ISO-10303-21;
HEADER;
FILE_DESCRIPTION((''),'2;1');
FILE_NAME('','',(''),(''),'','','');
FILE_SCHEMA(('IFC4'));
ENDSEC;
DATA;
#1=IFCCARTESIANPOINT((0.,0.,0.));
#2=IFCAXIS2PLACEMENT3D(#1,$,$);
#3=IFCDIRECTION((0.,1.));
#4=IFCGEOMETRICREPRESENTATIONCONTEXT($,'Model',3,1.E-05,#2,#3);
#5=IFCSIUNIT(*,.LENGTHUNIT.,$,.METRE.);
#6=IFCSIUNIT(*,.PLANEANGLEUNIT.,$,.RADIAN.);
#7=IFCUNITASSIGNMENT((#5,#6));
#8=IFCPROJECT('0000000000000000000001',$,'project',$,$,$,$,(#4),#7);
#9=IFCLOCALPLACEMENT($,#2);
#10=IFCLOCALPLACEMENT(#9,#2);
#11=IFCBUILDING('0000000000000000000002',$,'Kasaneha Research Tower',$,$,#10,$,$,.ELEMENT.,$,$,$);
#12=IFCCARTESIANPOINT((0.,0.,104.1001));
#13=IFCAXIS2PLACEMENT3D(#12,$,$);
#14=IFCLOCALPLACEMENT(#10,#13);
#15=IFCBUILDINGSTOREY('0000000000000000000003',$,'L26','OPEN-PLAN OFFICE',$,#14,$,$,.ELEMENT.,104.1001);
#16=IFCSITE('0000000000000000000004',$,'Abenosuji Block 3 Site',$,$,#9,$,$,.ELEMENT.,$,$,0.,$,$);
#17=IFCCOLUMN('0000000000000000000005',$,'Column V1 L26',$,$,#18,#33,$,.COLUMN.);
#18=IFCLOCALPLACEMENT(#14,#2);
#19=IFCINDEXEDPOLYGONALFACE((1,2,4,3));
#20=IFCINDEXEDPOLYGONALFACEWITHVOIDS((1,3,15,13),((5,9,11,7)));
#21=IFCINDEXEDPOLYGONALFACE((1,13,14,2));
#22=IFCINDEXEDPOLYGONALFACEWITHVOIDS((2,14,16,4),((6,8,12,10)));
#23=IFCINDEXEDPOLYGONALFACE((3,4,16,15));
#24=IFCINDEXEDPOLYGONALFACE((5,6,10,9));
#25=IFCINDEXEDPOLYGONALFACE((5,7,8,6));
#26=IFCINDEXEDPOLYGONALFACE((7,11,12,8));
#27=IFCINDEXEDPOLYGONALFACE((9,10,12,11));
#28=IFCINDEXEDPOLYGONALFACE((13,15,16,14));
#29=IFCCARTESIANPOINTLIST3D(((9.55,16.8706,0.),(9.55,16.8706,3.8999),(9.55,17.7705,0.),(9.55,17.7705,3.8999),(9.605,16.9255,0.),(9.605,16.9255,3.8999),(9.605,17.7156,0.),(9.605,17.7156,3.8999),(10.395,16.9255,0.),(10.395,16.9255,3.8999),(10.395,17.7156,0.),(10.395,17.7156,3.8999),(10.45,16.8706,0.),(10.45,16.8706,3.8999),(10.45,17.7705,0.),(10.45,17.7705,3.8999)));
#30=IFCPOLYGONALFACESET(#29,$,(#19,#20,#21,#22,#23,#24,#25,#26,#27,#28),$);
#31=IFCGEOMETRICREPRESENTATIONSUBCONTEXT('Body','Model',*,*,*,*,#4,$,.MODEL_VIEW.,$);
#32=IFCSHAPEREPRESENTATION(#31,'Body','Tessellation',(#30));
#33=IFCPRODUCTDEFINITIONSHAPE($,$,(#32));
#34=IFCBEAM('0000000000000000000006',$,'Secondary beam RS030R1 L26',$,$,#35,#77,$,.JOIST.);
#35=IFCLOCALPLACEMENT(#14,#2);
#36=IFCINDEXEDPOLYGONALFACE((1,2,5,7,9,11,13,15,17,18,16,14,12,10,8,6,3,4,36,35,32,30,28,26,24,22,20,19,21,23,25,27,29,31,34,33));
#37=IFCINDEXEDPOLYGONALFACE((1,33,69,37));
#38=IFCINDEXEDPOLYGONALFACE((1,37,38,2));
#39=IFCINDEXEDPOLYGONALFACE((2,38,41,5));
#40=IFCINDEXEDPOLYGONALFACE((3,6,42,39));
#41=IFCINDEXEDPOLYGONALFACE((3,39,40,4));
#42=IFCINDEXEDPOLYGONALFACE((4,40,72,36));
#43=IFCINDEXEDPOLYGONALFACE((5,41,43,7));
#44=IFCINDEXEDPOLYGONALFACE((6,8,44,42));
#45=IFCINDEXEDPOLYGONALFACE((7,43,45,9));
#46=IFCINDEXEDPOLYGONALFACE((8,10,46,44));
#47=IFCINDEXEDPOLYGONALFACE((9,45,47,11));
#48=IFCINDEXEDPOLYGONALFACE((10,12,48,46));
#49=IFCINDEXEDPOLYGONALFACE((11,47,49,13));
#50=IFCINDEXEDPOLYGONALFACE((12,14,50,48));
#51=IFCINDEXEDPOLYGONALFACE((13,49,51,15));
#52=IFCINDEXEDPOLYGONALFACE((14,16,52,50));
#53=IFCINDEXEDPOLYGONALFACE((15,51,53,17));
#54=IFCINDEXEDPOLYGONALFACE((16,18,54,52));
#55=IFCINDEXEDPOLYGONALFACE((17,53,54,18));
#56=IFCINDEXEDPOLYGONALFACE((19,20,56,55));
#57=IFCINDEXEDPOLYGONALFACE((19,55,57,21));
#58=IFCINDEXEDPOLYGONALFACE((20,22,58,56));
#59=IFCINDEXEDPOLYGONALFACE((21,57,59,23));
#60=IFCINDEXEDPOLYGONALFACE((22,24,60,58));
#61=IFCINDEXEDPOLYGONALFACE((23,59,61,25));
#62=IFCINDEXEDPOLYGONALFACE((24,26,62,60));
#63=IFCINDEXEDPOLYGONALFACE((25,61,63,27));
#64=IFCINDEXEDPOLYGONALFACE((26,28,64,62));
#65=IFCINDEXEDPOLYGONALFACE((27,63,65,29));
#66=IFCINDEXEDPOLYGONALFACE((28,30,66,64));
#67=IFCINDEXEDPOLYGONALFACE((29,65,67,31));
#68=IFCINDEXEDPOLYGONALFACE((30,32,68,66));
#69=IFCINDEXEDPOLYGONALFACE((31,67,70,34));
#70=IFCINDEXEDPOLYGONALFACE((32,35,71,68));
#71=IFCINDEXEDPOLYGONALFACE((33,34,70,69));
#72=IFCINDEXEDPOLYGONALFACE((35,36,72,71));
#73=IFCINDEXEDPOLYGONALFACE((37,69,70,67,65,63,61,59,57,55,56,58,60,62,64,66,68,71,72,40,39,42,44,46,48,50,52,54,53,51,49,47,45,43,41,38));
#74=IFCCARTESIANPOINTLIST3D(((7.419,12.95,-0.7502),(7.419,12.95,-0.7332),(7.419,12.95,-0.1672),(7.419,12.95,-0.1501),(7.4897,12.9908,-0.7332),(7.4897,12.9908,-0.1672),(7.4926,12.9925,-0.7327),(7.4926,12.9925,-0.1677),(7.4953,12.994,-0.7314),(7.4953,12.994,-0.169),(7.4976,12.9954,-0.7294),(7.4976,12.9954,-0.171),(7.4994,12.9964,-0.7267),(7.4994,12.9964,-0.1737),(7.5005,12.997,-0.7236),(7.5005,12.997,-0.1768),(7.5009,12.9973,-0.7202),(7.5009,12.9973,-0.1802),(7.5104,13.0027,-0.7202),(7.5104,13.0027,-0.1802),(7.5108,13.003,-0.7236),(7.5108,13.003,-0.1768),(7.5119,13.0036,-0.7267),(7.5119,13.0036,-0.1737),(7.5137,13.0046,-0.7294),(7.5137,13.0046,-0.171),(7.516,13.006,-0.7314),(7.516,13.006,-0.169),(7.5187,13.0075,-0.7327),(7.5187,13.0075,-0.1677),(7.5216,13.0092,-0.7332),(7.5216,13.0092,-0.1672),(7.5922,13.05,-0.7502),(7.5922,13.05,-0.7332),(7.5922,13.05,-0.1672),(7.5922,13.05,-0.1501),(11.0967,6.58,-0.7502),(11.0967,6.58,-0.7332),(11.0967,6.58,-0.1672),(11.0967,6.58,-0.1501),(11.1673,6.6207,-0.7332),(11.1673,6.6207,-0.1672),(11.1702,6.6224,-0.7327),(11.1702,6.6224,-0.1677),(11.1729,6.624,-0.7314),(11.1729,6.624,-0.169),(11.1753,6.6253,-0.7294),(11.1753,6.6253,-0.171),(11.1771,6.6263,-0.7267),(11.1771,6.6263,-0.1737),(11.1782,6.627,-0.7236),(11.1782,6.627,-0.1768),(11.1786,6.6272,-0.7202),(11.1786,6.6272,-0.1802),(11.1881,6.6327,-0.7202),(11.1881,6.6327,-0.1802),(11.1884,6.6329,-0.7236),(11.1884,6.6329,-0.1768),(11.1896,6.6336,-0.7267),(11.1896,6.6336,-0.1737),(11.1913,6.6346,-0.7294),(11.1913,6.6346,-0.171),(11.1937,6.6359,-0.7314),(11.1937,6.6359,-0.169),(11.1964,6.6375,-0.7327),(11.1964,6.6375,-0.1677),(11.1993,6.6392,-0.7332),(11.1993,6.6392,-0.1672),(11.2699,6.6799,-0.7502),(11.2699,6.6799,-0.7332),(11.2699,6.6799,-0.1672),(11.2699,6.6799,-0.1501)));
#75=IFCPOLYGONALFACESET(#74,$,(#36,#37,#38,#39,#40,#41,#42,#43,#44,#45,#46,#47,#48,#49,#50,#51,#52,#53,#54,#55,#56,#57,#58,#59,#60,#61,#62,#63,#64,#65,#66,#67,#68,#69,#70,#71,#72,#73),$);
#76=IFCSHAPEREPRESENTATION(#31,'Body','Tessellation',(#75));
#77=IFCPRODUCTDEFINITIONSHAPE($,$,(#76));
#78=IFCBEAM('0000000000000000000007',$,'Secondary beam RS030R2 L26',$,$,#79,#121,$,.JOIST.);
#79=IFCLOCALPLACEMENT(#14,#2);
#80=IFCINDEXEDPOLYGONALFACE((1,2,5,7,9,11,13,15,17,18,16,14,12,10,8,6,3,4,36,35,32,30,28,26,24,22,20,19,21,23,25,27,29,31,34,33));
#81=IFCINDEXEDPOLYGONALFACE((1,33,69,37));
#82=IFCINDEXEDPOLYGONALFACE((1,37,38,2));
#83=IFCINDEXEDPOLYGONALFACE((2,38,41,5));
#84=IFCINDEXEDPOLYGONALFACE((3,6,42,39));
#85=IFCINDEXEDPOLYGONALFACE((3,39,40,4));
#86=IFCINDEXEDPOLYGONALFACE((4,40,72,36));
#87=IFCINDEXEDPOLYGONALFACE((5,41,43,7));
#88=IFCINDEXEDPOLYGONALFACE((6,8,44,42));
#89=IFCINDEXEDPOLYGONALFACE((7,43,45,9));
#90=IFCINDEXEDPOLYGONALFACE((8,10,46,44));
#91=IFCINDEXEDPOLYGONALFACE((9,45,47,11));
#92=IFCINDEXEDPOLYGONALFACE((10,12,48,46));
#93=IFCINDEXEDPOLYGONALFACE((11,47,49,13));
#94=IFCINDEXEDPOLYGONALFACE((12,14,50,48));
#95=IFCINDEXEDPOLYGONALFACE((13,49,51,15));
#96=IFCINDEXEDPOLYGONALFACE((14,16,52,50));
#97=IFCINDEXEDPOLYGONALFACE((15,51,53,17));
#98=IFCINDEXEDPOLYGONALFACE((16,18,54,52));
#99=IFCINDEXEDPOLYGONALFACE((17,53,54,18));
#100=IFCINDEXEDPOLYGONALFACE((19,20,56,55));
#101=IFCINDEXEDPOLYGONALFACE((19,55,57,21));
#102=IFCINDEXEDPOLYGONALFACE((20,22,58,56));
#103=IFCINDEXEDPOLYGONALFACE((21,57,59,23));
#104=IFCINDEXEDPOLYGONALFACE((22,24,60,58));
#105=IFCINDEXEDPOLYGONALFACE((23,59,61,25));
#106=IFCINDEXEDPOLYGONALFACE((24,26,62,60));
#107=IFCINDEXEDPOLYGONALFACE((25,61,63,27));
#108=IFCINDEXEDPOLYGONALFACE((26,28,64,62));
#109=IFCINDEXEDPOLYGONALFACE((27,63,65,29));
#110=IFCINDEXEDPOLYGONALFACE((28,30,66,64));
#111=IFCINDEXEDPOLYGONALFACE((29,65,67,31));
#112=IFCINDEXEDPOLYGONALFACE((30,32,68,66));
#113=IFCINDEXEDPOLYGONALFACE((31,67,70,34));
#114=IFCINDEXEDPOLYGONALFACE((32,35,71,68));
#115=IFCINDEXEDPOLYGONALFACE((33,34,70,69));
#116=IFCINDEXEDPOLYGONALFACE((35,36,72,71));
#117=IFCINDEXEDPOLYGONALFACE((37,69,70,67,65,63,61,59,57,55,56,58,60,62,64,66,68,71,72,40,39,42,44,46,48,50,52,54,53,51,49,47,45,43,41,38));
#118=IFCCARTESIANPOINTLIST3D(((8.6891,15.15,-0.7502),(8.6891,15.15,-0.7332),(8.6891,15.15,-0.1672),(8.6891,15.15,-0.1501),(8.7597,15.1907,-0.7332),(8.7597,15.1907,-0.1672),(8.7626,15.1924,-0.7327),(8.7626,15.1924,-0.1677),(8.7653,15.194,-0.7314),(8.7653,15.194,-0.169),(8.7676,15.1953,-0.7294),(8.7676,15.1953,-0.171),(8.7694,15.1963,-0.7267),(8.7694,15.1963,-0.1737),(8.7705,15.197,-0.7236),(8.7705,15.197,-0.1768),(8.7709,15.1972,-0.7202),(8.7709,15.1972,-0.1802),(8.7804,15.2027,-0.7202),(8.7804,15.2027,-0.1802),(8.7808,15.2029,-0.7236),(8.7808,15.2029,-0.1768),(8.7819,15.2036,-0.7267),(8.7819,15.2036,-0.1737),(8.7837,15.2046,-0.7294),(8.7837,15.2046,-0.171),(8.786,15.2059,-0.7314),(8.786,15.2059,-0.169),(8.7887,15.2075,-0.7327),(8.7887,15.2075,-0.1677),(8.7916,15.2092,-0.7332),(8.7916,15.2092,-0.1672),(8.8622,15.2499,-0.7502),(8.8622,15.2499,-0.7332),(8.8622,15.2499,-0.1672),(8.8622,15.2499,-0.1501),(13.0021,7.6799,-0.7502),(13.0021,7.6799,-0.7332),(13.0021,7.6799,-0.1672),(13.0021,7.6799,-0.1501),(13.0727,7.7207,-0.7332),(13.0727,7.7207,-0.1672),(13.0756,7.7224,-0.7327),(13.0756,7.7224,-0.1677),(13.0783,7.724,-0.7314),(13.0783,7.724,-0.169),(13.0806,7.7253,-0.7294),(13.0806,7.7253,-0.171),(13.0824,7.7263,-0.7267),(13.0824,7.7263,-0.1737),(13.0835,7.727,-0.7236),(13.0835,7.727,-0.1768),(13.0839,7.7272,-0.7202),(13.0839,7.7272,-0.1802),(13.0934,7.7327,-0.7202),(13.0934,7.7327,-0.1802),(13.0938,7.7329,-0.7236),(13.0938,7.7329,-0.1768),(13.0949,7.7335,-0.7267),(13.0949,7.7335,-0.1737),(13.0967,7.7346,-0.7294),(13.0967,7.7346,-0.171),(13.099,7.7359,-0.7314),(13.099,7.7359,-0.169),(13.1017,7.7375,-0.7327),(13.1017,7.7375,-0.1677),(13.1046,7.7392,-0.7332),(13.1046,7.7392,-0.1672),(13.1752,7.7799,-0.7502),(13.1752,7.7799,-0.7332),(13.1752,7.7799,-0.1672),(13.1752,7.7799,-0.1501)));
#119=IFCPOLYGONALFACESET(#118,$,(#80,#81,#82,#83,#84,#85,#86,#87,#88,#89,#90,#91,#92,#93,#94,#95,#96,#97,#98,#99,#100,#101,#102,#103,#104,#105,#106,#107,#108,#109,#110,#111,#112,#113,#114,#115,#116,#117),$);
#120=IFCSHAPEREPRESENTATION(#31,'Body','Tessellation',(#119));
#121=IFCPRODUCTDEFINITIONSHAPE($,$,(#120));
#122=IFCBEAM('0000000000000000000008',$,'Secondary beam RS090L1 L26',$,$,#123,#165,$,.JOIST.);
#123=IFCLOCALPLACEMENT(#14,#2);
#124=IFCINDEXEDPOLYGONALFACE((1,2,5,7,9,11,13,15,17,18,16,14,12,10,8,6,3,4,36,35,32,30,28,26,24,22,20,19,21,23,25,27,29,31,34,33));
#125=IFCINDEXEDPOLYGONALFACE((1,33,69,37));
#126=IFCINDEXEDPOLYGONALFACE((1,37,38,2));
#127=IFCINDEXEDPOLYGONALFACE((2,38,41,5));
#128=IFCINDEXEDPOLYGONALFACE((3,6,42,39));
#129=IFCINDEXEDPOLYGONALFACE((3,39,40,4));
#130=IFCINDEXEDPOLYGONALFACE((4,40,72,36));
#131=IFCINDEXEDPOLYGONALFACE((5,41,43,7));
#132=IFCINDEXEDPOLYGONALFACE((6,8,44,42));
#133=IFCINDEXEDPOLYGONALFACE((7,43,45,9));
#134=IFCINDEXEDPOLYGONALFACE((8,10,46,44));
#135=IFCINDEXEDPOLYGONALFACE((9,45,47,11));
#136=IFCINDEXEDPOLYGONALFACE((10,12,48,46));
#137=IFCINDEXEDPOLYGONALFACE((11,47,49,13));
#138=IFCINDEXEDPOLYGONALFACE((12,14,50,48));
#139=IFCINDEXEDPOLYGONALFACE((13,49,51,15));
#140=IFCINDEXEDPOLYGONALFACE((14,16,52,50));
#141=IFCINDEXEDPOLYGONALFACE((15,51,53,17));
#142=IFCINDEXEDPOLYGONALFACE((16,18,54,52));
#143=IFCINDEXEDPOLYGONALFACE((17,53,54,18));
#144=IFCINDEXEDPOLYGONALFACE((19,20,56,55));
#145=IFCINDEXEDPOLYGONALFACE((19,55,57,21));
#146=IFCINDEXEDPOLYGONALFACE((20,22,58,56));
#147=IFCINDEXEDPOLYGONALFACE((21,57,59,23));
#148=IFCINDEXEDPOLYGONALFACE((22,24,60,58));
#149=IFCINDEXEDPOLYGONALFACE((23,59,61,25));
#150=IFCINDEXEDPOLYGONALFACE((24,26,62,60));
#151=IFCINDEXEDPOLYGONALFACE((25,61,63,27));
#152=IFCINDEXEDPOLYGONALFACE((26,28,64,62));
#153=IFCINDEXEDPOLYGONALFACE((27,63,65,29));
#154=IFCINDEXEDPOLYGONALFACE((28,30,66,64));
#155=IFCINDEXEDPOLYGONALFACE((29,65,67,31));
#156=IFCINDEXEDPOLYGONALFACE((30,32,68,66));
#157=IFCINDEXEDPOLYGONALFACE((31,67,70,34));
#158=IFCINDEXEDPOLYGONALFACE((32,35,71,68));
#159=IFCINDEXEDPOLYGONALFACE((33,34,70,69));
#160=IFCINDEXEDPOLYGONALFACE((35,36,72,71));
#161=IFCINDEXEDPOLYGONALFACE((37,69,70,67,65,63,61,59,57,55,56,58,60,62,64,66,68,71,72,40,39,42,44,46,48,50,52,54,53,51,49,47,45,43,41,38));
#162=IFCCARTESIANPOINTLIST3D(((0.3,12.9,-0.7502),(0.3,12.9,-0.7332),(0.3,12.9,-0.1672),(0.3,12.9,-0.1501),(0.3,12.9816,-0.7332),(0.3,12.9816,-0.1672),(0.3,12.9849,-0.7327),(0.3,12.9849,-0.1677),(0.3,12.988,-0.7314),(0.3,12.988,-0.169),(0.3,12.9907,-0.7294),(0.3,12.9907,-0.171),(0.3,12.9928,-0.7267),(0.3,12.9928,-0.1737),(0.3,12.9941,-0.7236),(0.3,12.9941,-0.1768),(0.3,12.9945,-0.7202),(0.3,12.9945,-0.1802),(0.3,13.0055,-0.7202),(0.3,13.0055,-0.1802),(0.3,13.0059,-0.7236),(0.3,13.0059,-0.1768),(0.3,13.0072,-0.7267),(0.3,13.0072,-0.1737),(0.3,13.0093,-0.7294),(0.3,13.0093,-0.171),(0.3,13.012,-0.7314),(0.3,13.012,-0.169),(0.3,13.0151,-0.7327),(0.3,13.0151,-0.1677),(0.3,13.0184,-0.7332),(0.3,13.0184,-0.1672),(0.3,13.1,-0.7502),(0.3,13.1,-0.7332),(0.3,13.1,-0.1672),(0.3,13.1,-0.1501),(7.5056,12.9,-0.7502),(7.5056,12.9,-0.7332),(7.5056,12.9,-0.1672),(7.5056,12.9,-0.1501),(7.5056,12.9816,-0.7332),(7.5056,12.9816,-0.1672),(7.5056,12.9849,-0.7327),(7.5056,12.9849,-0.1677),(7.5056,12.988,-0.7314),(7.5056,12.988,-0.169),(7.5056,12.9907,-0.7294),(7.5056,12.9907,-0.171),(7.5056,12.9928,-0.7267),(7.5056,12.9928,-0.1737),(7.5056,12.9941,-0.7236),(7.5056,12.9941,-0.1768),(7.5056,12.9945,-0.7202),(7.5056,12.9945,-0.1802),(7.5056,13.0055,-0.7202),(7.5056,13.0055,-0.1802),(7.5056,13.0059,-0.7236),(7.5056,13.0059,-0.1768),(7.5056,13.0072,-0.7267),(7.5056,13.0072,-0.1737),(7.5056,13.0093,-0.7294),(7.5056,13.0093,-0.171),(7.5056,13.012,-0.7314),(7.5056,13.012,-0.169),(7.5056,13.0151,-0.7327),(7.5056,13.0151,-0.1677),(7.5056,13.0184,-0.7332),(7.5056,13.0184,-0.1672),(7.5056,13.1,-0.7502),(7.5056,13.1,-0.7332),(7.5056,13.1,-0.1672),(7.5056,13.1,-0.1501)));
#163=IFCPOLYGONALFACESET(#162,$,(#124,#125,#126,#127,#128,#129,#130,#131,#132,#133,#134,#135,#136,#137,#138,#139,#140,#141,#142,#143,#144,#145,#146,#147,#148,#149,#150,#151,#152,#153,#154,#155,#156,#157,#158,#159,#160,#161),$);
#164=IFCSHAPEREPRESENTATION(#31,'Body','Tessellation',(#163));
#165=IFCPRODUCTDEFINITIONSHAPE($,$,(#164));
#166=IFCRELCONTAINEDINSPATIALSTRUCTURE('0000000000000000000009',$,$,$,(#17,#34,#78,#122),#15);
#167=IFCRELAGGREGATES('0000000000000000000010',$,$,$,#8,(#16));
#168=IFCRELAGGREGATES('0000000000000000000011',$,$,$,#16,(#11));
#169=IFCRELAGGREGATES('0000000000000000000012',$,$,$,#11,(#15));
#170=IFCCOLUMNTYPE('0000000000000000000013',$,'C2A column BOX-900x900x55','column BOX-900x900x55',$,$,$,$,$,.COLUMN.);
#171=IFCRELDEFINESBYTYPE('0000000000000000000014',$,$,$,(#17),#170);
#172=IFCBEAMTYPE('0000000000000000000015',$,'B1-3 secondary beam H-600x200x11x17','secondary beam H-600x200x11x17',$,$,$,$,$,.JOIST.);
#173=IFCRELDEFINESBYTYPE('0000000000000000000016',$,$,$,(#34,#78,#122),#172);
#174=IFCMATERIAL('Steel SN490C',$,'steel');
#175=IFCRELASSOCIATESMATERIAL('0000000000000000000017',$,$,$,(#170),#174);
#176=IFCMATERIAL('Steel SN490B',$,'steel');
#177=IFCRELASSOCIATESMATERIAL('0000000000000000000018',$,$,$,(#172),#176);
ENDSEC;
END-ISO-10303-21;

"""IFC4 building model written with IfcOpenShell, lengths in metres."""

from ifc_helpers import new_model, si_unit, direction, frame, origin, origin_2d, place, context, subcontext, project, spatial, hollow_rectangle, i_section, extrude, material, material_profile, profile_set, type_object, element, save


model = new_model("IFC4")

# Units and contexts
model_context = context("Model", 3, precision=1e-05, world=origin(), true_north=direction((0.0, 1.0)))
body_context = subcontext(model_context, "Body", "Model", "MODEL_VIEW")
ifc_project = project(units=[si_unit("LENGTHUNIT", "METRE"), si_unit("PLANEANGLEUNIT", "RADIAN")], contexts=[model_context])

# Site, building, storey
site_placement = place(None, origin())
site = spatial("IfcSite", under=ifc_project, at=site_placement, Name="Abenosuji Block 3 Site", CompositionType="ELEMENT", RefElevation=0.0)
building_placement = place(site_placement, origin())
building = spatial("IfcBuilding", under=site, at=building_placement, Name="Kasaneha Research Tower", CompositionType="ELEMENT")
storey_placement = place(building_placement, frame((0.0, 0.0, 104.1001)))
storey = spatial("IfcBuildingStorey", under=building, at=storey_placement, Name="L26", Description="OPEN-PLAN OFFICE", CompositionType="ELEMENT", Elevation=104.1001)

# Column
ifc_material_1 = material(Name="Steel SN490C", Category="steel")
ifc_material_profile_1 = material_profile(ifc_material_1, hollow_rectangle(XDim=0.8999, YDim=0.8999, WallThickness=0.0549, at=origin_2d()), Name="BOX-900x900x55")
ifc_profile_set_1 = profile_set([ifc_material_profile_1], Name="Steel SN490C")
column_type = type_object("IfcColumnType", Name="C2A column BOX-900x900x55", Description="column BOX-900x900x55", PredefinedType="COLUMN", material=ifc_profile_set_1)
column_placement = place(storey_placement, frame((10.0, 17.3206, 0.0), z_axis=(0.0, 0.0, 1.0), x_axis=(1.0, 0.0, 0.0)))
element("IfcColumn", 1, at=column_placement, inside=storey, type_object=column_type, Name="Column V1 L26", PredefinedType="COLUMN", context=body_context, shape_type="SweptSolid", body=[
    extrude(hollow_rectangle(XDim=0.8999, YDim=0.8999, WallThickness=0.0549, at=origin_2d()), origin(), (0.0, 0.0, 1.0), 3.8999),
])

# Beams
ifc_material_2 = material(Name="Steel SN490B", Category="steel")
ifc_material_profile_2 = material_profile(ifc_material_2, i_section(OverallWidth=0.2, OverallDepth=0.6001, WebThickness=0.011, FlangeThickness=0.0171, FilletRadius=0.0129, at=origin_2d()), Name="H-600x200x11x17")
ifc_profile_set_2 = profile_set([ifc_material_profile_2], Name="Steel SN490B")
beam_type_1 = type_object("IfcBeamType", Name="B1-3 secondary beam H-600x200x11x17", Description="secondary beam H-600x200x11x17", PredefinedType="JOIST", material=ifc_profile_set_2)
beam_1_placement = place(storey_placement, frame((7.5056, 13.0, -0.4502), z_axis=(0.499994, -0.866029, 0.0), x_axis=(0.866029, 0.499994, 0.0)))
element("IfcBeam", 2, at=beam_1_placement, inside=storey, type_object=beam_type_1, Name="Secondary beam RS030R1 L26", PredefinedType="JOIST", context=body_context, shape_type="SweptSolid", body=[
    extrude(i_section(OverallWidth=0.2, OverallDepth=0.6001, WebThickness=0.011, FlangeThickness=0.0171, FilletRadius=0.0129, at=origin_2d()), origin(), (0.0, 0.0, 1.0), 7.3555),
])
beam_2_placement = place(storey_placement, frame((8.7756, 15.2, -0.4502), z_axis=(0.500017, -0.866015, 0.0), x_axis=(0.866015, 0.500017, 0.0)))
element("IfcBeam", 3, at=beam_2_placement, inside=storey, type_object=beam_type_1, Name="Secondary beam RS030R2 L26", PredefinedType="JOIST", context=body_context, shape_type="SweptSolid", body=[
    extrude(i_section(OverallWidth=0.2, OverallDepth=0.6001, WebThickness=0.011, FlangeThickness=0.0171, FilletRadius=0.0129, at=origin_2d()), origin(), (0.0, 0.0, 1.0), 8.6257),
])
beam_3_placement = place(storey_placement, frame((7.5056, 13.0, -0.4502), z_axis=(-1.0, 0.0, 0.0), x_axis=(0.0, -1.0, 0.0)))
element("IfcBeam", 4, at=beam_3_placement, inside=storey, type_object=beam_type_1, Name="Secondary beam RS090L1 L26", PredefinedType="JOIST", context=body_context, shape_type="SweptSolid", body=[
    extrude(i_section(OverallWidth=0.2, OverallDepth=0.6001, WebThickness=0.011, FlangeThickness=0.0171, FilletRadius=0.0129, at=origin_2d()), origin(), (0.0, 0.0, 1.0), 7.2056),
])

save(model, "model.ifc")
